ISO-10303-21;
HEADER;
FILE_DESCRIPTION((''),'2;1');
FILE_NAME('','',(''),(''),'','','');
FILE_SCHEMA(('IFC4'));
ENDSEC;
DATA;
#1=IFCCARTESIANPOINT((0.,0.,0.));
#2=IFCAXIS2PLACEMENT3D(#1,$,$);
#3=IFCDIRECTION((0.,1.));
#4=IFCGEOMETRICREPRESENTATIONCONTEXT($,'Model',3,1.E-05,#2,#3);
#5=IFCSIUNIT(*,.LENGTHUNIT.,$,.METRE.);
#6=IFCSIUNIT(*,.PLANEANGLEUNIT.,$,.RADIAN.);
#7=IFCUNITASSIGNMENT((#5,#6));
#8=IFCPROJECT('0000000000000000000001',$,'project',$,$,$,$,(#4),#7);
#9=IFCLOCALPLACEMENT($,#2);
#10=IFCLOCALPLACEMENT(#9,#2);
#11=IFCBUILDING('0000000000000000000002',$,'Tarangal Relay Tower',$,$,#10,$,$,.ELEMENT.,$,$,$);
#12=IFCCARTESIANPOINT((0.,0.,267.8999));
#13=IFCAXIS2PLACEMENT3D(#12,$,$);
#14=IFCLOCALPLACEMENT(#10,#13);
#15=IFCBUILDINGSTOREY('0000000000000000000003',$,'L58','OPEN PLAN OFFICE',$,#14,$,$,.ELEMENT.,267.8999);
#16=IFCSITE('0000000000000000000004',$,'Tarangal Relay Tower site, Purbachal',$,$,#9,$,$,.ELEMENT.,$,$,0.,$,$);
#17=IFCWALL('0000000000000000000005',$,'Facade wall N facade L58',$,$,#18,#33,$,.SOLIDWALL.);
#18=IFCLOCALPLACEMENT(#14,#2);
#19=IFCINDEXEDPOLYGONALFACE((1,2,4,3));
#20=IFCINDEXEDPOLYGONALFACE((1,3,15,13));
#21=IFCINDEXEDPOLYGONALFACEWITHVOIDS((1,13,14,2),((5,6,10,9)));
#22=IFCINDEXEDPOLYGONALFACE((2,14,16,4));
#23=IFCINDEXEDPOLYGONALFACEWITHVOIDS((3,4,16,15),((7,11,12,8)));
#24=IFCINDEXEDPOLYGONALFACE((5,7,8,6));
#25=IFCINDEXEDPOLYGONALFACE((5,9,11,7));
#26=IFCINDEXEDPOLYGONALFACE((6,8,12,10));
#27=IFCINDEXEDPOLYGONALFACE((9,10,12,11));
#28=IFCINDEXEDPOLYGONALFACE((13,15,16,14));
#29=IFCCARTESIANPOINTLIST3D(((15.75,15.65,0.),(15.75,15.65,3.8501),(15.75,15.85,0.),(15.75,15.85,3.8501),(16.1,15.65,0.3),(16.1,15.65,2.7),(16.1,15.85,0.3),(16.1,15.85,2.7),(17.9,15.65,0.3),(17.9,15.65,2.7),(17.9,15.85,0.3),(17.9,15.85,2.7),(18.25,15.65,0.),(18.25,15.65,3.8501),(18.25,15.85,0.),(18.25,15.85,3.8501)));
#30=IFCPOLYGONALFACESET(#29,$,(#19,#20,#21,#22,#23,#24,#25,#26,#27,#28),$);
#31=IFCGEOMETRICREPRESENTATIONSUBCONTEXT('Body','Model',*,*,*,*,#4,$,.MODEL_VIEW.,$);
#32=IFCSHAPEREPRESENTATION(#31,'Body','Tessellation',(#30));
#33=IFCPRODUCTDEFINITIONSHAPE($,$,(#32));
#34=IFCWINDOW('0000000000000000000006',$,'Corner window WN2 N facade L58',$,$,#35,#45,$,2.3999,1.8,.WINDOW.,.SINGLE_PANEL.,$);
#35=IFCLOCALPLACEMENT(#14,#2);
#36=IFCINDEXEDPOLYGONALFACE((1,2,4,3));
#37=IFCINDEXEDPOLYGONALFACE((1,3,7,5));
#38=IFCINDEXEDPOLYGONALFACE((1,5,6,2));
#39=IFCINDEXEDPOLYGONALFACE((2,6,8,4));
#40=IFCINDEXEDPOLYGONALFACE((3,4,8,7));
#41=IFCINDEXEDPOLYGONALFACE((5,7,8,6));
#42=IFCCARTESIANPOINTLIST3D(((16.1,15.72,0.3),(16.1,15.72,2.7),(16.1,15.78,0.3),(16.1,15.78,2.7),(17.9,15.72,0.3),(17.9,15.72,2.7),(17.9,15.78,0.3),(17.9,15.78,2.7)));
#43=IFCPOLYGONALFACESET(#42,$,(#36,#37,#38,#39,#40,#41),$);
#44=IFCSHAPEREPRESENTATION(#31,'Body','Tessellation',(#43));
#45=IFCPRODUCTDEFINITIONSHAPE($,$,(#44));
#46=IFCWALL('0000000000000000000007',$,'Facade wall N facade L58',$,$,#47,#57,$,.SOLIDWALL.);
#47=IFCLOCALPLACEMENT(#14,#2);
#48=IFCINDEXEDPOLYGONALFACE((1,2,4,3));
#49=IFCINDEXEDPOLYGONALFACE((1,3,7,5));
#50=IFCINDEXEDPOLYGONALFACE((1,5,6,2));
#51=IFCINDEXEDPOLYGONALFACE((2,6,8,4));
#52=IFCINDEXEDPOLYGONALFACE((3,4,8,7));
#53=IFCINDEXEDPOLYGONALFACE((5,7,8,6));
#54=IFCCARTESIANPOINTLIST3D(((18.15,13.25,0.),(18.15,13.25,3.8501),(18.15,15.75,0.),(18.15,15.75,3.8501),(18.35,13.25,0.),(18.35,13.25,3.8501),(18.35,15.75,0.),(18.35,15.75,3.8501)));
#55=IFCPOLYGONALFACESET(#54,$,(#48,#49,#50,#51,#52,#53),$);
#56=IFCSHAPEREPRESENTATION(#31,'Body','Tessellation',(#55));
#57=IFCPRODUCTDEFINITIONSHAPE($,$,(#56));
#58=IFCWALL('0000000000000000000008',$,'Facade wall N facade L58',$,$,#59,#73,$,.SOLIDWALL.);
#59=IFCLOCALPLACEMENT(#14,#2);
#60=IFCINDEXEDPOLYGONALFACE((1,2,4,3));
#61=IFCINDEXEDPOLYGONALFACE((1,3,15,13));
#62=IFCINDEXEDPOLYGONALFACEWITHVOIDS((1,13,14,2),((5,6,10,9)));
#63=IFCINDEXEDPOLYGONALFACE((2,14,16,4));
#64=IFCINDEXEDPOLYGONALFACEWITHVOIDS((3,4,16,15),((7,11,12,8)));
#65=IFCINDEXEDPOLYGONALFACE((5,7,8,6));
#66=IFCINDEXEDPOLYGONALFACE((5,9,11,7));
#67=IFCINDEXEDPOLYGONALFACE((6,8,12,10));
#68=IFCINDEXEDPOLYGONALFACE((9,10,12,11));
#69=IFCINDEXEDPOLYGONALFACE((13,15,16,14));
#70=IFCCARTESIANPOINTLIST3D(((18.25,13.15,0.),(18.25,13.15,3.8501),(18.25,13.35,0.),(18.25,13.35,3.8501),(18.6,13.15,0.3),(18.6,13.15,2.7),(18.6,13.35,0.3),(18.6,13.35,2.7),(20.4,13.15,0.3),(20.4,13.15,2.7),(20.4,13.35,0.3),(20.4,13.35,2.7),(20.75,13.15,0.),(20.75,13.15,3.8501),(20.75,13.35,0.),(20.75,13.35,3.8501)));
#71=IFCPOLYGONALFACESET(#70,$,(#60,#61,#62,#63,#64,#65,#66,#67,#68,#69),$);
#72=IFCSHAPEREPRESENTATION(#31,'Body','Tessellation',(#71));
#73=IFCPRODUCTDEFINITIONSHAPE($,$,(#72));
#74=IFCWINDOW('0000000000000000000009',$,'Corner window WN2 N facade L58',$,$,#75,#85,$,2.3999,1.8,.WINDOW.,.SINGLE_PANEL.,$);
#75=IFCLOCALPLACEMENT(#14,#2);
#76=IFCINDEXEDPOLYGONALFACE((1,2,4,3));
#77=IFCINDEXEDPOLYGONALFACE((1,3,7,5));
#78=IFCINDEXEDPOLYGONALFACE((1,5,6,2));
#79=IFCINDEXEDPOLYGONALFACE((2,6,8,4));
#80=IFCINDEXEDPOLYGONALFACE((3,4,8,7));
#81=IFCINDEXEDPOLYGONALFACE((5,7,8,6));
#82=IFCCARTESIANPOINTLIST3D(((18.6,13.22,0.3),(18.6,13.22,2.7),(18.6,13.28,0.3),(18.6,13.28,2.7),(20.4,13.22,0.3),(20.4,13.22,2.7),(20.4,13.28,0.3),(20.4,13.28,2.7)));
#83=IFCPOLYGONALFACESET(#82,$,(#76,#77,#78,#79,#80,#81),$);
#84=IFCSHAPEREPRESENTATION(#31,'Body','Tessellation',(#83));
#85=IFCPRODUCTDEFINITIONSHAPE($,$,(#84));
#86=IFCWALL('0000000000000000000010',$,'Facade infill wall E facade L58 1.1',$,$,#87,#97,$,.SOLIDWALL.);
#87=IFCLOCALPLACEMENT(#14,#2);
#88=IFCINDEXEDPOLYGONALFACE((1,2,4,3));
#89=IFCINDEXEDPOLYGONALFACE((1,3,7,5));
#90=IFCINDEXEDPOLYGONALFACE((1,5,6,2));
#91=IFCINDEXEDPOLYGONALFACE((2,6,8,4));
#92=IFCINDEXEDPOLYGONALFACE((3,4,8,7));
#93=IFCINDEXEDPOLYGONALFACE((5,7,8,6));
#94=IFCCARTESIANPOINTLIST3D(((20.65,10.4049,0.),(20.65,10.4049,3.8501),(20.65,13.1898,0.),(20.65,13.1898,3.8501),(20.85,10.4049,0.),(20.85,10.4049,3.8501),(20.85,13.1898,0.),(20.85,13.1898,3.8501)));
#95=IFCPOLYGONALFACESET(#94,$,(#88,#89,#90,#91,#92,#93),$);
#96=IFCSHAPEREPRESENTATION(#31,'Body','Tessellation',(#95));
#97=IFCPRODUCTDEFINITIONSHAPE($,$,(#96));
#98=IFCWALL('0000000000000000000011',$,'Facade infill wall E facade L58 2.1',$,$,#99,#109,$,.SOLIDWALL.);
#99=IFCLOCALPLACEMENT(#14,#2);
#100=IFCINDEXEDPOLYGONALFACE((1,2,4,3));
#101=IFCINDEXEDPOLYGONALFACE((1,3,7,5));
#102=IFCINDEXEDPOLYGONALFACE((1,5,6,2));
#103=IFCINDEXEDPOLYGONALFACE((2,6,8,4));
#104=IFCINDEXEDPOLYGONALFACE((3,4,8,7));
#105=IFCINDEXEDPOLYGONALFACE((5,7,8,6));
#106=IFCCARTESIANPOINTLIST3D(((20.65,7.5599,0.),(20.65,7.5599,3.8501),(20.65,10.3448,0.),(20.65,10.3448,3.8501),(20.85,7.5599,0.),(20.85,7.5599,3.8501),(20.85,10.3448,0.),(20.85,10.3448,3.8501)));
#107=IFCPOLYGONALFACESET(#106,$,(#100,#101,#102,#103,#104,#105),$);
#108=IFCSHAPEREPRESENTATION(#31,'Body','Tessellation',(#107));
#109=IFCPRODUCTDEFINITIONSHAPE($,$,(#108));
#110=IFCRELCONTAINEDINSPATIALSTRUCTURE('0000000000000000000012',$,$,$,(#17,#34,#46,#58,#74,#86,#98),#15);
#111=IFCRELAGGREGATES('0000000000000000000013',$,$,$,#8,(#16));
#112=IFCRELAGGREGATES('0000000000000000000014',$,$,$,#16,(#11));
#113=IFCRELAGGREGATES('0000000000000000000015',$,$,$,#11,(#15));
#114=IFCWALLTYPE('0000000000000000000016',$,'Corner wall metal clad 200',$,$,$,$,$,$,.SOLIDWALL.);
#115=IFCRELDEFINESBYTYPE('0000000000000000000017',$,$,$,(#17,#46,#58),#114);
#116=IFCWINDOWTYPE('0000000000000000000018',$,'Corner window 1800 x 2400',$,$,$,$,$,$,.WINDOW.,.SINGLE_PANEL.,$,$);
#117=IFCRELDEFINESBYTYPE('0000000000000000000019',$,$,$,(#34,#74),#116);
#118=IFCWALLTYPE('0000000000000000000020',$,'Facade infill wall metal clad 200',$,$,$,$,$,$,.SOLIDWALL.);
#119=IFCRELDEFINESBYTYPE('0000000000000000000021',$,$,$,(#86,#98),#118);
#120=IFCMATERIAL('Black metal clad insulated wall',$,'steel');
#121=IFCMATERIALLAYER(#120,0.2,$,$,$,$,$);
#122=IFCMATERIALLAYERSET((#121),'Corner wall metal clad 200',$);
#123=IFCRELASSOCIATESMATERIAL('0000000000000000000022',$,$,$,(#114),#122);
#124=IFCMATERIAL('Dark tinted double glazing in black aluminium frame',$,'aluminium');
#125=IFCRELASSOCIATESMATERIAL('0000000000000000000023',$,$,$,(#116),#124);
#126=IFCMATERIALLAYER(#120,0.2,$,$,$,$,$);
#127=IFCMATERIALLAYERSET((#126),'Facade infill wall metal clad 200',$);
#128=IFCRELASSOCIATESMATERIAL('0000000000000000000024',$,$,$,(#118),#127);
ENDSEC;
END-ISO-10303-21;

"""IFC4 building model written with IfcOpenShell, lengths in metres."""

from ifc_helpers import new_model, si_unit, direction, frame, frame_2d, origin, place, context, subcontext, project, spatial, rectangle, extrude, material, layer, layer_set, type_object, element, fill, save


model = new_model("IFC4")

# Units and contexts
model_context = context("Model", 3, precision=1e-05, world=origin(), true_north=direction((0.0, 1.0)))
body_context = subcontext(model_context, "Body", "Model", "MODEL_VIEW")
ifc_project = project(units=[si_unit("LENGTHUNIT", "METRE"), si_unit("PLANEANGLEUNIT", "RADIAN")], contexts=[model_context])

# Site, building, storey
site_placement = place(None, origin())
site = spatial("IfcSite", under=ifc_project, at=site_placement, Name="Tarangal Relay Tower site, Purbachal", CompositionType="ELEMENT", RefElevation=0.0)
building_placement = place(site_placement, origin())
building = spatial("IfcBuilding", under=site, at=building_placement, Name="Tarangal Relay Tower", CompositionType="ELEMENT")
storey_placement = place(building_placement, frame((0.0, 0.0, 267.8999)))
storey = spatial("IfcBuildingStorey", under=building, at=storey_placement, Name="L58", Description="OPEN PLAN OFFICE", CompositionType="ELEMENT", Elevation=267.8999)

# Shared definitions
ifc_material_1 = material(Name="Black metal clad insulated wall", Category="steel")
ifc_layer_1 = layer(ifc_material_1, 0.2)
ifc_layer_set_1 = layer_set([ifc_layer_1], Name="Corner wall metal clad 200")
wall_type_1 = type_object("IfcWallType", Name="Corner wall metal clad 200", PredefinedType="SOLIDWALL", material=ifc_layer_set_1)

# Shared definitions
ifc_material_2 = material(Name="Dark tinted double glazing in black aluminium frame", Category="aluminium")
window_type = type_object("IfcWindowType", Name="Corner window 1800 x 2400", PartitioningType="SINGLE_PANEL", PredefinedType="WINDOW", material=ifc_material_2)

# Wall, opening, window
wall_1_placement = place(storey_placement, frame((15.75, 15.75, 0.0), z_axis=(0.0, 0.0, 1.0), x_axis=(1.0, 0.0, 0.0)))
wall_1 = element("IfcWall", 1, at=wall_1_placement, inside=storey, type_object=wall_type_1, Name="Facade wall N facade L58", PredefinedType="SOLIDWALL", context=body_context, shape_type="SweptSolid", body=[
    extrude(rectangle(XDim=2.5, YDim=0.2, at=frame_2d((1.25, 0.0))), origin(), (0.0, 0.0, 1.0), 3.8501),
])
opening_1_placement = place(wall_1_placement, frame((0.3501, 0.0, 0.3)))
opening_1 = element("IfcOpeningElement", 2, at=opening_1_placement, cuts=wall_1, PredefinedType="OPENING", context=body_context, shape_type="SweptSolid", body=[
    extrude(rectangle(XDim=1.8, YDim=2.3999, at=frame_2d((0.8999, 1.2))), frame((0.0, 0.1099, 0.0), z_axis=(0.0, -1.0, 0.0), x_axis=(1.0, 0.0, 0.0)), (0.0, 0.0, 1.0), 0.22),
])
window_1_placement = place(opening_1_placement, origin())
window_1 = element("IfcWindow", 3, at=window_1_placement, inside=storey, type_object=window_type, Name="Corner window WN2 N facade L58", OverallHeight=2.3999, OverallWidth=1.8, PartitioningType="SINGLE_PANEL", PredefinedType="WINDOW", context=body_context, shape_type="SweptSolid", body=[
    extrude(rectangle(XDim=1.8, YDim=2.3999, at=frame_2d((0.8999, 1.2))), frame((0.0, 0.03, 0.0), z_axis=(0.0, -1.0, 0.0), x_axis=(1.0, 0.0, 0.0)), (0.0, 0.0, 1.0), 0.0601),
])
fill(opening_1, window_1)

# Wall
wall_2_placement = place(storey_placement, frame((18.25, 15.75, 0.0), z_axis=(0.0, 0.0, 1.0), x_axis=(0.0, -1.0, 0.0)))
element("IfcWall", 4, at=wall_2_placement, inside=storey, type_object=wall_type_1, Name="Facade wall N facade L58", PredefinedType="SOLIDWALL", context=body_context, shape_type="SweptSolid", body=[
    extrude(rectangle(XDim=2.5, YDim=0.2, at=frame_2d((1.25, 0.0))), origin(), (0.0, 0.0, 1.0), 3.8501),
])

# Wall, opening, window
wall_3_placement = place(storey_placement, frame((18.25, 13.25, 0.0), z_axis=(0.0, 0.0, 1.0), x_axis=(1.0, 0.0, 0.0)))
wall_3 = element("IfcWall", 5, at=wall_3_placement, inside=storey, type_object=wall_type_1, Name="Facade wall N facade L58", PredefinedType="SOLIDWALL", context=body_context, shape_type="SweptSolid", body=[
    extrude(rectangle(XDim=2.5, YDim=0.2, at=frame_2d((1.25, 0.0))), origin(), (0.0, 0.0, 1.0), 3.8501),
])
opening_2_placement = place(wall_3_placement, frame((0.3501, 0.0, 0.3)))
opening_2 = element("IfcOpeningElement", 6, at=opening_2_placement, cuts=wall_3, PredefinedType="OPENING", context=body_context, shape_type="SweptSolid", body=[
    extrude(rectangle(XDim=1.8, YDim=2.3999, at=frame_2d((0.8999, 1.2))), frame((0.0, 0.1099, 0.0), z_axis=(0.0, -1.0, 0.0), x_axis=(1.0, 0.0, 0.0)), (0.0, 0.0, 1.0), 0.22),
])
window_2_placement = place(opening_2_placement, origin())
window_2 = element("IfcWindow", 7, at=window_2_placement, inside=storey, type_object=window_type, Name="Corner window WN2 N facade L58", OverallHeight=2.3999, OverallWidth=1.8, PartitioningType="SINGLE_PANEL", PredefinedType="WINDOW", context=body_context, shape_type="SweptSolid", body=[
    extrude(rectangle(XDim=1.8, YDim=2.3999, at=frame_2d((0.8999, 1.2))), frame((0.0, 0.03, 0.0), z_axis=(0.0, -1.0, 0.0), x_axis=(1.0, 0.0, 0.0)), (0.0, 0.0, 1.0), 0.0601),
])
fill(opening_2, window_2)

# Walls
ifc_layer_2 = layer(ifc_material_1, 0.2)
ifc_layer_set_2 = layer_set([ifc_layer_2], Name="Facade infill wall metal clad 200")
wall_type_2 = type_object("IfcWallType", Name="Facade infill wall metal clad 200", PredefinedType="SOLIDWALL", material=ifc_layer_set_2)
for number, where, z_axis, x_axis, name in (
    (8, (20.75, 13.1899, 0.0), (0.0, 0.0, 1.0), (0.0, -1.0, 0.0), "Facade infill wall E facade L58 1.1"),
    (9, (20.75, 10.345, 0.0), (0.0, 0.0, 1.0), (0.0, -1.0, 0.0), "Facade infill wall E facade L58 2.1"),
):
    element("IfcWall", number, at=place(storey_placement, frame(where, z_axis=z_axis, x_axis=x_axis)), inside=storey, type_object=wall_type_2, Name=name, PredefinedType="SOLIDWALL", context=body_context, shape_type="SweptSolid", body=[
        extrude(rectangle(XDim=2.7849, YDim=0.2, at=frame_2d((1.3926, 0.0))), origin(), (0.0, 0.0, 1.0), 3.8501),
    ])

save(model, "model.ifc")
